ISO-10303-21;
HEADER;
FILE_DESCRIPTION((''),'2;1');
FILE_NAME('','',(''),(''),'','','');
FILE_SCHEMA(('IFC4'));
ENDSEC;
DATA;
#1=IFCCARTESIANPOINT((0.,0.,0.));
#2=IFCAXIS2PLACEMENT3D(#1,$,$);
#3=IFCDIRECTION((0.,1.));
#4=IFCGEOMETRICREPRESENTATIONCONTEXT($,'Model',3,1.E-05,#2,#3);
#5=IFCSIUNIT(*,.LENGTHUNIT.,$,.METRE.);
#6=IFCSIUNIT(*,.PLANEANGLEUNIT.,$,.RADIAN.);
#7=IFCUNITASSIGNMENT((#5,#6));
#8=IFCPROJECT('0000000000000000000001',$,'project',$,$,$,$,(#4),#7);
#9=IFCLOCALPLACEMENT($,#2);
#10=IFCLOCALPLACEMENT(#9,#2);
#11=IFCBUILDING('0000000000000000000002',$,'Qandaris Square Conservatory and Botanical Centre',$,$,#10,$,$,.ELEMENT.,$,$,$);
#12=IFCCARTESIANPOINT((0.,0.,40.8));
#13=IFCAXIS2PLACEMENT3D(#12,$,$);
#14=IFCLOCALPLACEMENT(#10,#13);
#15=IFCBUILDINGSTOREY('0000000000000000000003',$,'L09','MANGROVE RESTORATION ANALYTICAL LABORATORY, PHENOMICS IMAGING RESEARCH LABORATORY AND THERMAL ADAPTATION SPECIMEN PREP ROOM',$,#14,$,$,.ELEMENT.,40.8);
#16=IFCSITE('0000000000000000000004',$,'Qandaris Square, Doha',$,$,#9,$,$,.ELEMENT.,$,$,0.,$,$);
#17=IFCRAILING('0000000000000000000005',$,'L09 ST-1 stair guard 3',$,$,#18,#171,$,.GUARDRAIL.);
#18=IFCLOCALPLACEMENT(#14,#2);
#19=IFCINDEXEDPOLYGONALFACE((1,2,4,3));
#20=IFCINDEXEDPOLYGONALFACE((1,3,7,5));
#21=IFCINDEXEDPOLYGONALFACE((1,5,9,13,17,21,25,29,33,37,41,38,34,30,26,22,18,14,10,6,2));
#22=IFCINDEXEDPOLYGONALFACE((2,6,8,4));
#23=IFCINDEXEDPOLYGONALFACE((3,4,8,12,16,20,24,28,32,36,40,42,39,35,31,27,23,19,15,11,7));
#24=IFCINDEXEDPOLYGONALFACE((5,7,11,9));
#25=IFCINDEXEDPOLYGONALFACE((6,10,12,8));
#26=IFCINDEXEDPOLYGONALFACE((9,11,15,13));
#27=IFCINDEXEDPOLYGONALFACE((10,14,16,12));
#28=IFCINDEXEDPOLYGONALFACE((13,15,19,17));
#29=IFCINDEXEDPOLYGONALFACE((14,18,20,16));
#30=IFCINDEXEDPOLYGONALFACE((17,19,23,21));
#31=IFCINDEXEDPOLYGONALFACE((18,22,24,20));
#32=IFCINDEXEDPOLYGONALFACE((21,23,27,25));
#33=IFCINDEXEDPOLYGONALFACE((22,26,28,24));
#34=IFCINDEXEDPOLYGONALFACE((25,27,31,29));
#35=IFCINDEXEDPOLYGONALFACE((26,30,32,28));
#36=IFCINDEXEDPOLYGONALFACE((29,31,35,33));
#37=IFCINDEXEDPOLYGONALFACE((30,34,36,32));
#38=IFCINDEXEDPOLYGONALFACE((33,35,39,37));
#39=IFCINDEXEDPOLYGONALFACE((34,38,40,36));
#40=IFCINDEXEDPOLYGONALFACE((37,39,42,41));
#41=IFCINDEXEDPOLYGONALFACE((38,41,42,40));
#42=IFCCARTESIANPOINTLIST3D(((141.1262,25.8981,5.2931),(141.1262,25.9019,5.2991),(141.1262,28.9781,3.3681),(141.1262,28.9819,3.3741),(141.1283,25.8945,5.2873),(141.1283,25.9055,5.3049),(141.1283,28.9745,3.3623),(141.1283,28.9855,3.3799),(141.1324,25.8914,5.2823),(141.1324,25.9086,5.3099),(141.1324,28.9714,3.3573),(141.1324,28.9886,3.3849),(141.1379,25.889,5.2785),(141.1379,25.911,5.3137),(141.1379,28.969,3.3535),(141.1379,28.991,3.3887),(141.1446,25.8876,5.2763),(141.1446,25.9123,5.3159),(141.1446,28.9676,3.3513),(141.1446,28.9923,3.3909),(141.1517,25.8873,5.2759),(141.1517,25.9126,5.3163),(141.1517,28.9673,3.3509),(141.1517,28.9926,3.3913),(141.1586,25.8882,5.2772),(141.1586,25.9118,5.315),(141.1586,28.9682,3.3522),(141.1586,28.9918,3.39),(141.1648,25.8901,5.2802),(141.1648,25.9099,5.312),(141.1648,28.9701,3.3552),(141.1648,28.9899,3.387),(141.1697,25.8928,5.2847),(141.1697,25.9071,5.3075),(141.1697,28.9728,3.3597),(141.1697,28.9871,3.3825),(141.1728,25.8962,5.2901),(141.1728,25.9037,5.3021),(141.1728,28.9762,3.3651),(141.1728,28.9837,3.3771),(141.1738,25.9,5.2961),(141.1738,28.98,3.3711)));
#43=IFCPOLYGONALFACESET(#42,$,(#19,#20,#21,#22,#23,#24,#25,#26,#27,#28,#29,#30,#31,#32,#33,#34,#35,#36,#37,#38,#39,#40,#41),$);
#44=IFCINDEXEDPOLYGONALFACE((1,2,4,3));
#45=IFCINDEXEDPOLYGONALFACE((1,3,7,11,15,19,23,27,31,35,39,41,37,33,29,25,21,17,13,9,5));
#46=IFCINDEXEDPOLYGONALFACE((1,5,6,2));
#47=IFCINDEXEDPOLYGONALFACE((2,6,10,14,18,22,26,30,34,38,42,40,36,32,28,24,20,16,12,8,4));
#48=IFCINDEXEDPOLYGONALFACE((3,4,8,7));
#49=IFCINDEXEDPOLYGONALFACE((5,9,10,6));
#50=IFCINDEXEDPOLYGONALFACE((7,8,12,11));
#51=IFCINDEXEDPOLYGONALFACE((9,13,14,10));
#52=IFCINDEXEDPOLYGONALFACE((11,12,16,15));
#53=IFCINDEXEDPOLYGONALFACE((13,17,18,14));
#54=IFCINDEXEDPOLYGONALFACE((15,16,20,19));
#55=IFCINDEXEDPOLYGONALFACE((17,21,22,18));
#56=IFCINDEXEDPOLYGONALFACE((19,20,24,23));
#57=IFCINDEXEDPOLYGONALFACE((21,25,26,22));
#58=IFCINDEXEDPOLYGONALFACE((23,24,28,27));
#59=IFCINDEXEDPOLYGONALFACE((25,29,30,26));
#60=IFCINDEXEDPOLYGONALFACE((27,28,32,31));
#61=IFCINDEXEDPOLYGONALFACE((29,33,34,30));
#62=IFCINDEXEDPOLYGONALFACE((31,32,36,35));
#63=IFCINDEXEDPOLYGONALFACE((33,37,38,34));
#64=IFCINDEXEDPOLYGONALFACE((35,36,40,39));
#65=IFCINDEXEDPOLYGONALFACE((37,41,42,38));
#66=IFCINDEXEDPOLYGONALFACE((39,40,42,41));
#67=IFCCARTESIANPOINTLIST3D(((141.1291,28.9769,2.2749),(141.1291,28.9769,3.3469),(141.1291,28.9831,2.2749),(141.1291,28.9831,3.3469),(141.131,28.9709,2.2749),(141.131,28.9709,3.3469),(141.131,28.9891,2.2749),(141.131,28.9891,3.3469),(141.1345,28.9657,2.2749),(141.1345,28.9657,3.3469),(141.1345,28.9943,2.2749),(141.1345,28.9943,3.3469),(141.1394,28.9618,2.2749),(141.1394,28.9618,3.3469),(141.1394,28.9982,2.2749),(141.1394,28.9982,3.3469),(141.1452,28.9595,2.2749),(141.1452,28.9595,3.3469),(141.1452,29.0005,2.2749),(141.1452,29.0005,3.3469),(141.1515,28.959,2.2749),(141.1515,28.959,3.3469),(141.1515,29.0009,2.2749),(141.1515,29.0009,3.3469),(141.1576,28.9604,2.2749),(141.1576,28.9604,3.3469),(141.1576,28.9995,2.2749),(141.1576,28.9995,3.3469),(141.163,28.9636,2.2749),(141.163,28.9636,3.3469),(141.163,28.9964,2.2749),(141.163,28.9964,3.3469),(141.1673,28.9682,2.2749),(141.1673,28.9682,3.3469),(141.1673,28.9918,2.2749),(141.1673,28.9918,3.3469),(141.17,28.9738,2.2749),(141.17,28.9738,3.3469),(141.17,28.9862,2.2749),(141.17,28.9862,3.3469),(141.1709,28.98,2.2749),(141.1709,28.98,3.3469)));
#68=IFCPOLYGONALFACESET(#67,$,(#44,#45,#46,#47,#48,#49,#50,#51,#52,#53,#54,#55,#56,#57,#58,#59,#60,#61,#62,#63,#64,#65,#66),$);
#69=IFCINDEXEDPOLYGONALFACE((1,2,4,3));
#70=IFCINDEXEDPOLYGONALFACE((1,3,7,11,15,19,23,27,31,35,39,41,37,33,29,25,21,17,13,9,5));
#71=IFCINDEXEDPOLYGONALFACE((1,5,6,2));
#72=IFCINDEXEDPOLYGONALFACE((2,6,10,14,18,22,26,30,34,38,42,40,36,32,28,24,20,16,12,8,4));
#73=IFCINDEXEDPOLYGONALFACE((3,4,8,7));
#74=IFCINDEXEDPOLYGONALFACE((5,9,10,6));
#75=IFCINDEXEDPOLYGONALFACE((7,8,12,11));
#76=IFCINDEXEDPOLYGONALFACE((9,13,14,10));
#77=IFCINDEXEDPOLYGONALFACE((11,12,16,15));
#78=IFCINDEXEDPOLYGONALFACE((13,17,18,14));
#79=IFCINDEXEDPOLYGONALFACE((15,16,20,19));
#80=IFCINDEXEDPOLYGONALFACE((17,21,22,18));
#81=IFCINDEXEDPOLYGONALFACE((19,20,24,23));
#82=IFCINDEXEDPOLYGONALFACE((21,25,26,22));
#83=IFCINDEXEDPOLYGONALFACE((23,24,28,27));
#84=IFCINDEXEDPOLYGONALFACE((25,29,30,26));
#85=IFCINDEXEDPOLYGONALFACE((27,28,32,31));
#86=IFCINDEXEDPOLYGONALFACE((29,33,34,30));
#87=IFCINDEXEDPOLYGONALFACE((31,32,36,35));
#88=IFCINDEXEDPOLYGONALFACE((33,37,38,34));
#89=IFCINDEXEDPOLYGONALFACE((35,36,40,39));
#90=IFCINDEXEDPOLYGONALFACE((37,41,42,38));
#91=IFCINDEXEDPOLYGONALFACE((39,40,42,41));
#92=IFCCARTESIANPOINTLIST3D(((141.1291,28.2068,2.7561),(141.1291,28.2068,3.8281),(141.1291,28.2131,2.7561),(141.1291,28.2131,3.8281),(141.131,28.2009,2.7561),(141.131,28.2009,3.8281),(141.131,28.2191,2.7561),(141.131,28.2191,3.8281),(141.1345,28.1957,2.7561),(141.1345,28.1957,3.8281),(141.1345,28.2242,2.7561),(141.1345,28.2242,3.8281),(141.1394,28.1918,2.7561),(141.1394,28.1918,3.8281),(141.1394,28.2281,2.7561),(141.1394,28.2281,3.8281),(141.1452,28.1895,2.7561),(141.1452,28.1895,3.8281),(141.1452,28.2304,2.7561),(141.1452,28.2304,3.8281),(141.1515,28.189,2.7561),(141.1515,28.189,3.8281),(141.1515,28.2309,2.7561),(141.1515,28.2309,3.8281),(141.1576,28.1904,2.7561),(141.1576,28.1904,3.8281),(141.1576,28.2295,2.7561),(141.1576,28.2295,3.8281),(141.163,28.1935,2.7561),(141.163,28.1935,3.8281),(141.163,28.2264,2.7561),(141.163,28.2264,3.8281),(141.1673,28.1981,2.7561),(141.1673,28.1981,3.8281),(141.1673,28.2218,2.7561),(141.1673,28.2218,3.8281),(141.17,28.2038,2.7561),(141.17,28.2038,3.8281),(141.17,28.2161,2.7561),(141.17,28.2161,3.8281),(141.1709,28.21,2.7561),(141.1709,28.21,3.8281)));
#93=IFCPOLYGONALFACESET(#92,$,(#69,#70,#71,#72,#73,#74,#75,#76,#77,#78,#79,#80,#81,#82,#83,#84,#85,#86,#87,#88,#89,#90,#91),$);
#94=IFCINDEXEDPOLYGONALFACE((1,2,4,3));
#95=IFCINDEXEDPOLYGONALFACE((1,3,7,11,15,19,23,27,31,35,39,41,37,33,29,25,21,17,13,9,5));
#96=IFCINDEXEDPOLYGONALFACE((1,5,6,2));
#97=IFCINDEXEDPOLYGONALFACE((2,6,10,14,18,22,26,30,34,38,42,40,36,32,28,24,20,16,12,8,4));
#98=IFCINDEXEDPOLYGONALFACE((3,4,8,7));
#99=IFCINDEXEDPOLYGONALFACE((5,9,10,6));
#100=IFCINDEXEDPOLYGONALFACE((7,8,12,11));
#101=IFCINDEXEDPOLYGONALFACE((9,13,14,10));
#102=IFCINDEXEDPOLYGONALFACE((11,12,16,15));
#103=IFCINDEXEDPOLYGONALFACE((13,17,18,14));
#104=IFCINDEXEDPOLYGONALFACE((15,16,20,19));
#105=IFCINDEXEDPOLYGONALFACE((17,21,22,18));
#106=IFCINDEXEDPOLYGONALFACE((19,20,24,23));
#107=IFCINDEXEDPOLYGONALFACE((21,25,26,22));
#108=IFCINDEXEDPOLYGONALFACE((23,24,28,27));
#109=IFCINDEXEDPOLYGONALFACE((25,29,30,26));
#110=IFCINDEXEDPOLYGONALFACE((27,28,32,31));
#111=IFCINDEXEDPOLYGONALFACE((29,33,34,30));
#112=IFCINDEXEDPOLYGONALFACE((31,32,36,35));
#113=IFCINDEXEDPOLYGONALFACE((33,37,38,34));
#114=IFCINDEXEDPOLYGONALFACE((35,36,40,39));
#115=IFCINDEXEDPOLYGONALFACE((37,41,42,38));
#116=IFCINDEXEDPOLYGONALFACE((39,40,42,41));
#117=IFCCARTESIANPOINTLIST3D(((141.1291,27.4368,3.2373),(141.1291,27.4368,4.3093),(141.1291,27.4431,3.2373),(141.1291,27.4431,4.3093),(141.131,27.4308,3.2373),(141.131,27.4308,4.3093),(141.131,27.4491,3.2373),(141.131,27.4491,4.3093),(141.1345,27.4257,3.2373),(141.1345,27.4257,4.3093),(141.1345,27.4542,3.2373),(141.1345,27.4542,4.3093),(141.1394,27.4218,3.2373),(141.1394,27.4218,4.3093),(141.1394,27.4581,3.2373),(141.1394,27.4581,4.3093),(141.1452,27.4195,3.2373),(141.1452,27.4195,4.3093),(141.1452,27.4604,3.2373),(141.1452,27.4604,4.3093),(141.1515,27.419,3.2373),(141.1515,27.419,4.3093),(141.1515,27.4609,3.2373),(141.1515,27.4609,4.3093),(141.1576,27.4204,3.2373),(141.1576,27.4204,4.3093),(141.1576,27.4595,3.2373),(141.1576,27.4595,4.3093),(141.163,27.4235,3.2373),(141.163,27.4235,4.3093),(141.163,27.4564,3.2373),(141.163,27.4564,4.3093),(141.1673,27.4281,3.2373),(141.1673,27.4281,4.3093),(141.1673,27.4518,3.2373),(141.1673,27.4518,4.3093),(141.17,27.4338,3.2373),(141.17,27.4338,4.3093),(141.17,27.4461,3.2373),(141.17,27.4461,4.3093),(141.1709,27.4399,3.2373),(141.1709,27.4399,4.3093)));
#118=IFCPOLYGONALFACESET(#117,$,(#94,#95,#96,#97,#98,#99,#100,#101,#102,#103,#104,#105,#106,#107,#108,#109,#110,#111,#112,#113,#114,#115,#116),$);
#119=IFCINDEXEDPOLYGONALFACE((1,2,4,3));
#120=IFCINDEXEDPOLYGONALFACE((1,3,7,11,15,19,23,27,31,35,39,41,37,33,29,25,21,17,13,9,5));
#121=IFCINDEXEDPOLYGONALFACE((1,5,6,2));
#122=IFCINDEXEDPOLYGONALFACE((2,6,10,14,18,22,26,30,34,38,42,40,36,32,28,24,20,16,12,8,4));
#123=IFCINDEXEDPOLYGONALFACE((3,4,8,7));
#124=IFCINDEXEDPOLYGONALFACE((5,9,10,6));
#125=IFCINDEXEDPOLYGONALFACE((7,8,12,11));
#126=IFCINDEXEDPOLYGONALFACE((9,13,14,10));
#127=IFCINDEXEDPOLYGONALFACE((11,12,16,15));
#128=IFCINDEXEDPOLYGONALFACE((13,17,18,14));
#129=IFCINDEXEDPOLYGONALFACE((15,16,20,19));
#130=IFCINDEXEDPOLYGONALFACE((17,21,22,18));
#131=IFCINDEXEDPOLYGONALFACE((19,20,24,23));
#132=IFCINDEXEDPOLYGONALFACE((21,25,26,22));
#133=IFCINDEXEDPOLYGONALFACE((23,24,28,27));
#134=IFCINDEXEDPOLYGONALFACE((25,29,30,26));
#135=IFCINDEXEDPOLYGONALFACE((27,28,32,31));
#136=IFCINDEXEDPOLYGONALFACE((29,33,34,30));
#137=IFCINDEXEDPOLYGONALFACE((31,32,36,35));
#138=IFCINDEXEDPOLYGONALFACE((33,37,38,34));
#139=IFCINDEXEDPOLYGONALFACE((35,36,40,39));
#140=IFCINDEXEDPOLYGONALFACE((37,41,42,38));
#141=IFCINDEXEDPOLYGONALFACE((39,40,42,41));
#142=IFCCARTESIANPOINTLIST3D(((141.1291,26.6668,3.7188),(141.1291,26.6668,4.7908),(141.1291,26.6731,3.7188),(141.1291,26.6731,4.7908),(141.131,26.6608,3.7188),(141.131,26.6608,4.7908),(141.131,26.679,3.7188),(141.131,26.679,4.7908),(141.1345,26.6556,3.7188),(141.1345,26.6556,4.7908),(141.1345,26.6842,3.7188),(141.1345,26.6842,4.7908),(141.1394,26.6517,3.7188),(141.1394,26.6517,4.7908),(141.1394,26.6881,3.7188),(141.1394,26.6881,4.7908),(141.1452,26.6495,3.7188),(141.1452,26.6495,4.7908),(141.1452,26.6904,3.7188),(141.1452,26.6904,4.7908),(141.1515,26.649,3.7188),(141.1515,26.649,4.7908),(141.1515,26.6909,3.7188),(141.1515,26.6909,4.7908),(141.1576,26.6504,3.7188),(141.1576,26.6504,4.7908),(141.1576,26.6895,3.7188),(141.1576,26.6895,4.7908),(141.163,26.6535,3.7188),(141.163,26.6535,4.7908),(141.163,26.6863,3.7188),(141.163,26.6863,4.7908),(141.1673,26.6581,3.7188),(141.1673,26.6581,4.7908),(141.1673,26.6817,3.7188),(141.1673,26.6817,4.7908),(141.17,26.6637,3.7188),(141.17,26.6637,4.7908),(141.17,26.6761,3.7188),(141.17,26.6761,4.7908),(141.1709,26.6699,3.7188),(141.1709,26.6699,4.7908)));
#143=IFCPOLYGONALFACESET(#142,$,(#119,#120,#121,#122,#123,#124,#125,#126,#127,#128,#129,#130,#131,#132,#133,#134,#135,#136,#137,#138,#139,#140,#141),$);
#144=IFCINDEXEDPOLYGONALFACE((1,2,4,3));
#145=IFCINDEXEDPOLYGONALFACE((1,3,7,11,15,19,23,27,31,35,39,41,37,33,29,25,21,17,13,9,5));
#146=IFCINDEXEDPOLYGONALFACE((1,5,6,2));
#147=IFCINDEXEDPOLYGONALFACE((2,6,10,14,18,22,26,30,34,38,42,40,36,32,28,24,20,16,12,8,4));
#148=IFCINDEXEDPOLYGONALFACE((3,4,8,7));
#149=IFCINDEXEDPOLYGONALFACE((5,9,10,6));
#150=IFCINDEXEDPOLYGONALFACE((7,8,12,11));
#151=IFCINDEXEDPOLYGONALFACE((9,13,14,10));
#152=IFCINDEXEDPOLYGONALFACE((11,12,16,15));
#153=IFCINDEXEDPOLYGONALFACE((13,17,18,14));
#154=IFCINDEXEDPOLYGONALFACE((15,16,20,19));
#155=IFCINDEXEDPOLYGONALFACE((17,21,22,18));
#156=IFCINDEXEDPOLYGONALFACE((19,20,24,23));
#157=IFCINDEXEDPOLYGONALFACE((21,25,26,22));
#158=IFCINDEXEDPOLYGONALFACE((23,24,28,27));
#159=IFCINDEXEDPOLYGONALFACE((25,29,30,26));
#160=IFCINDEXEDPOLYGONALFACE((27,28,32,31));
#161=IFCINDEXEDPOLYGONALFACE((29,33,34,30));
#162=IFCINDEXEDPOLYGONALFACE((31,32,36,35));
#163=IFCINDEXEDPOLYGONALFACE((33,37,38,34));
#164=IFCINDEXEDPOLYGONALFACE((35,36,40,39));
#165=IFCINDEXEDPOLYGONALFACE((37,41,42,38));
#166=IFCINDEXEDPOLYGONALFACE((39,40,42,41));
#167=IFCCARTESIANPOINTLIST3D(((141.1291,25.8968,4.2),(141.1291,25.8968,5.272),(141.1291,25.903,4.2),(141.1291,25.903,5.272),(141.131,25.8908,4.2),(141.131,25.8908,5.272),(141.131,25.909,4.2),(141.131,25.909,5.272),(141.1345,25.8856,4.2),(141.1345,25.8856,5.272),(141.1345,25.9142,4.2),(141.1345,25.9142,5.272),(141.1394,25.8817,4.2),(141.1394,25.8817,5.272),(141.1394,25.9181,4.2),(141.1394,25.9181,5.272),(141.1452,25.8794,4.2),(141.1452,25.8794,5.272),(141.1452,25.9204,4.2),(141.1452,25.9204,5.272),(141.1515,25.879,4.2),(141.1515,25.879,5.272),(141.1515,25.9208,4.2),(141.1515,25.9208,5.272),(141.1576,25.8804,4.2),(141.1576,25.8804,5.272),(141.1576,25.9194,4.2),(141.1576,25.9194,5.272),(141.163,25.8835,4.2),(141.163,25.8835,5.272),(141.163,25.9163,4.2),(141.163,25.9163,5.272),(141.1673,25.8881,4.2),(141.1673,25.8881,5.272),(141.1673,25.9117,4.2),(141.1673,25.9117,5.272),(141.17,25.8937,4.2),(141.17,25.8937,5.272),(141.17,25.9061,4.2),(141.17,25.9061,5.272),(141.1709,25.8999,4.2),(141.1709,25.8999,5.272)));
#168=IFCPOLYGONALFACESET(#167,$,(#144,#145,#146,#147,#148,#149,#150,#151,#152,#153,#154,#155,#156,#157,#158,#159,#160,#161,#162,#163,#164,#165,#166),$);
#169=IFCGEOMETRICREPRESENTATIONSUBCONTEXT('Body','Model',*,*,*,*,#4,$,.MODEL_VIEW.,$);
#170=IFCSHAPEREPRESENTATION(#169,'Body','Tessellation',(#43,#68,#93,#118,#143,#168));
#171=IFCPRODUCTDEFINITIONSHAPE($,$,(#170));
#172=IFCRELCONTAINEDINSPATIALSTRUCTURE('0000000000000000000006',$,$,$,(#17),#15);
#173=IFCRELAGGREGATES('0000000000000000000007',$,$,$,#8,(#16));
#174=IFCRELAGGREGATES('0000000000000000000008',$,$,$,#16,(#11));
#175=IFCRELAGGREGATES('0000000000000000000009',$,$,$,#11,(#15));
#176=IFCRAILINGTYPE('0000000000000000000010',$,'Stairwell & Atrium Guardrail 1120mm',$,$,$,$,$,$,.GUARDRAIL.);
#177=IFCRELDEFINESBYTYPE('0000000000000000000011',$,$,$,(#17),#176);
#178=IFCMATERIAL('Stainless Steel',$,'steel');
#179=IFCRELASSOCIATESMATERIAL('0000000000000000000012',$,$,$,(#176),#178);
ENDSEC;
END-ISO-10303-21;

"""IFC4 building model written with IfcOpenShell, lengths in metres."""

from ifc_helpers import new_model, si_unit, direction, frame, origin, origin_2d, place, context, subcontext, project, spatial, circle, extrude, material, type_object, element, save


model = new_model("IFC4")

# Units and contexts
model_context = context("Model", 3, precision=1e-05, world=origin(), true_north=direction((0.0, 1.0)))
body_context = subcontext(model_context, "Body", "Model", "MODEL_VIEW")
ifc_project = project(units=[si_unit("LENGTHUNIT", "METRE"), si_unit("PLANEANGLEUNIT", "RADIAN")], contexts=[model_context])

# Site, building, storey
site_placement = place(None, origin())
site = spatial("IfcSite", under=ifc_project, at=site_placement, Name="Qandaris Square, Doha", CompositionType="ELEMENT", RefElevation=0.0)
building_placement = place(site_placement, origin())
building = spatial("IfcBuilding", under=site, at=building_placement, Name="Qandaris Square Conservatory and Botanical Centre", CompositionType="ELEMENT")
storey_placement = place(building_placement, frame((0.0, 0.0, 40.8)))
storey = spatial("IfcBuildingStorey", under=building, at=storey_placement, Name="L09", Description="MANGROVE RESTORATION ANALYTICAL LABORATORY, PHENOMICS IMAGING RESEARCH LABORATORY AND THERMAL ADAPTATION SPECIMEN PREP ROOM", CompositionType="ELEMENT", Elevation=40.8)

# Railing
ifc_material_1 = material(Name="Stainless Steel", Category="steel")
railing_type = type_object("IfcRailingType", Name="Stairwell & Atrium Guardrail 1120mm", PredefinedType="GUARDRAIL", material=ifc_material_1)
railing_1_placement = place(storey_placement, frame((141.1499, 28.98, 2.2749)))
element("IfcRailing", 1, at=railing_1_placement, inside=storey, type_object=railing_type, Name="L09 ST-1 stair guard 3", PredefinedType="GUARDRAIL", context=body_context, shape_type="SweptSolid", body=[
    extrude(circle(Radius=0.0239, at=origin_2d()), frame((0.0, 0.0, 1.0962), z_axis=(0.0, -0.847998, 0.529999), x_axis=(1.0, 0.0, 0.0)), (0.0, 0.0, 1.0), 3.6321),
    extrude(circle(Radius=0.021, at=origin_2d()), origin(), (0.0, 0.0, 1.0), 1.072),
    extrude(circle(Radius=0.021, at=origin_2d()), frame((0.0, -0.77, 0.4812)), (0.0, 0.0, 1.0), 1.072),
    extrude(circle(Radius=0.021, at=origin_2d()), frame((0.0, -1.54, 0.9624)), (0.0, 0.0, 1.0), 1.072),
    extrude(circle(Radius=0.021, at=origin_2d()), frame((0.0, -2.3101, 1.4438)), (0.0, 0.0, 1.0), 1.072),
    extrude(circle(Radius=0.021, at=origin_2d()), frame((0.0, -3.0801, 1.925)), (0.0, 0.0, 1.0), 1.072),
])

save(model, "model.ifc")
